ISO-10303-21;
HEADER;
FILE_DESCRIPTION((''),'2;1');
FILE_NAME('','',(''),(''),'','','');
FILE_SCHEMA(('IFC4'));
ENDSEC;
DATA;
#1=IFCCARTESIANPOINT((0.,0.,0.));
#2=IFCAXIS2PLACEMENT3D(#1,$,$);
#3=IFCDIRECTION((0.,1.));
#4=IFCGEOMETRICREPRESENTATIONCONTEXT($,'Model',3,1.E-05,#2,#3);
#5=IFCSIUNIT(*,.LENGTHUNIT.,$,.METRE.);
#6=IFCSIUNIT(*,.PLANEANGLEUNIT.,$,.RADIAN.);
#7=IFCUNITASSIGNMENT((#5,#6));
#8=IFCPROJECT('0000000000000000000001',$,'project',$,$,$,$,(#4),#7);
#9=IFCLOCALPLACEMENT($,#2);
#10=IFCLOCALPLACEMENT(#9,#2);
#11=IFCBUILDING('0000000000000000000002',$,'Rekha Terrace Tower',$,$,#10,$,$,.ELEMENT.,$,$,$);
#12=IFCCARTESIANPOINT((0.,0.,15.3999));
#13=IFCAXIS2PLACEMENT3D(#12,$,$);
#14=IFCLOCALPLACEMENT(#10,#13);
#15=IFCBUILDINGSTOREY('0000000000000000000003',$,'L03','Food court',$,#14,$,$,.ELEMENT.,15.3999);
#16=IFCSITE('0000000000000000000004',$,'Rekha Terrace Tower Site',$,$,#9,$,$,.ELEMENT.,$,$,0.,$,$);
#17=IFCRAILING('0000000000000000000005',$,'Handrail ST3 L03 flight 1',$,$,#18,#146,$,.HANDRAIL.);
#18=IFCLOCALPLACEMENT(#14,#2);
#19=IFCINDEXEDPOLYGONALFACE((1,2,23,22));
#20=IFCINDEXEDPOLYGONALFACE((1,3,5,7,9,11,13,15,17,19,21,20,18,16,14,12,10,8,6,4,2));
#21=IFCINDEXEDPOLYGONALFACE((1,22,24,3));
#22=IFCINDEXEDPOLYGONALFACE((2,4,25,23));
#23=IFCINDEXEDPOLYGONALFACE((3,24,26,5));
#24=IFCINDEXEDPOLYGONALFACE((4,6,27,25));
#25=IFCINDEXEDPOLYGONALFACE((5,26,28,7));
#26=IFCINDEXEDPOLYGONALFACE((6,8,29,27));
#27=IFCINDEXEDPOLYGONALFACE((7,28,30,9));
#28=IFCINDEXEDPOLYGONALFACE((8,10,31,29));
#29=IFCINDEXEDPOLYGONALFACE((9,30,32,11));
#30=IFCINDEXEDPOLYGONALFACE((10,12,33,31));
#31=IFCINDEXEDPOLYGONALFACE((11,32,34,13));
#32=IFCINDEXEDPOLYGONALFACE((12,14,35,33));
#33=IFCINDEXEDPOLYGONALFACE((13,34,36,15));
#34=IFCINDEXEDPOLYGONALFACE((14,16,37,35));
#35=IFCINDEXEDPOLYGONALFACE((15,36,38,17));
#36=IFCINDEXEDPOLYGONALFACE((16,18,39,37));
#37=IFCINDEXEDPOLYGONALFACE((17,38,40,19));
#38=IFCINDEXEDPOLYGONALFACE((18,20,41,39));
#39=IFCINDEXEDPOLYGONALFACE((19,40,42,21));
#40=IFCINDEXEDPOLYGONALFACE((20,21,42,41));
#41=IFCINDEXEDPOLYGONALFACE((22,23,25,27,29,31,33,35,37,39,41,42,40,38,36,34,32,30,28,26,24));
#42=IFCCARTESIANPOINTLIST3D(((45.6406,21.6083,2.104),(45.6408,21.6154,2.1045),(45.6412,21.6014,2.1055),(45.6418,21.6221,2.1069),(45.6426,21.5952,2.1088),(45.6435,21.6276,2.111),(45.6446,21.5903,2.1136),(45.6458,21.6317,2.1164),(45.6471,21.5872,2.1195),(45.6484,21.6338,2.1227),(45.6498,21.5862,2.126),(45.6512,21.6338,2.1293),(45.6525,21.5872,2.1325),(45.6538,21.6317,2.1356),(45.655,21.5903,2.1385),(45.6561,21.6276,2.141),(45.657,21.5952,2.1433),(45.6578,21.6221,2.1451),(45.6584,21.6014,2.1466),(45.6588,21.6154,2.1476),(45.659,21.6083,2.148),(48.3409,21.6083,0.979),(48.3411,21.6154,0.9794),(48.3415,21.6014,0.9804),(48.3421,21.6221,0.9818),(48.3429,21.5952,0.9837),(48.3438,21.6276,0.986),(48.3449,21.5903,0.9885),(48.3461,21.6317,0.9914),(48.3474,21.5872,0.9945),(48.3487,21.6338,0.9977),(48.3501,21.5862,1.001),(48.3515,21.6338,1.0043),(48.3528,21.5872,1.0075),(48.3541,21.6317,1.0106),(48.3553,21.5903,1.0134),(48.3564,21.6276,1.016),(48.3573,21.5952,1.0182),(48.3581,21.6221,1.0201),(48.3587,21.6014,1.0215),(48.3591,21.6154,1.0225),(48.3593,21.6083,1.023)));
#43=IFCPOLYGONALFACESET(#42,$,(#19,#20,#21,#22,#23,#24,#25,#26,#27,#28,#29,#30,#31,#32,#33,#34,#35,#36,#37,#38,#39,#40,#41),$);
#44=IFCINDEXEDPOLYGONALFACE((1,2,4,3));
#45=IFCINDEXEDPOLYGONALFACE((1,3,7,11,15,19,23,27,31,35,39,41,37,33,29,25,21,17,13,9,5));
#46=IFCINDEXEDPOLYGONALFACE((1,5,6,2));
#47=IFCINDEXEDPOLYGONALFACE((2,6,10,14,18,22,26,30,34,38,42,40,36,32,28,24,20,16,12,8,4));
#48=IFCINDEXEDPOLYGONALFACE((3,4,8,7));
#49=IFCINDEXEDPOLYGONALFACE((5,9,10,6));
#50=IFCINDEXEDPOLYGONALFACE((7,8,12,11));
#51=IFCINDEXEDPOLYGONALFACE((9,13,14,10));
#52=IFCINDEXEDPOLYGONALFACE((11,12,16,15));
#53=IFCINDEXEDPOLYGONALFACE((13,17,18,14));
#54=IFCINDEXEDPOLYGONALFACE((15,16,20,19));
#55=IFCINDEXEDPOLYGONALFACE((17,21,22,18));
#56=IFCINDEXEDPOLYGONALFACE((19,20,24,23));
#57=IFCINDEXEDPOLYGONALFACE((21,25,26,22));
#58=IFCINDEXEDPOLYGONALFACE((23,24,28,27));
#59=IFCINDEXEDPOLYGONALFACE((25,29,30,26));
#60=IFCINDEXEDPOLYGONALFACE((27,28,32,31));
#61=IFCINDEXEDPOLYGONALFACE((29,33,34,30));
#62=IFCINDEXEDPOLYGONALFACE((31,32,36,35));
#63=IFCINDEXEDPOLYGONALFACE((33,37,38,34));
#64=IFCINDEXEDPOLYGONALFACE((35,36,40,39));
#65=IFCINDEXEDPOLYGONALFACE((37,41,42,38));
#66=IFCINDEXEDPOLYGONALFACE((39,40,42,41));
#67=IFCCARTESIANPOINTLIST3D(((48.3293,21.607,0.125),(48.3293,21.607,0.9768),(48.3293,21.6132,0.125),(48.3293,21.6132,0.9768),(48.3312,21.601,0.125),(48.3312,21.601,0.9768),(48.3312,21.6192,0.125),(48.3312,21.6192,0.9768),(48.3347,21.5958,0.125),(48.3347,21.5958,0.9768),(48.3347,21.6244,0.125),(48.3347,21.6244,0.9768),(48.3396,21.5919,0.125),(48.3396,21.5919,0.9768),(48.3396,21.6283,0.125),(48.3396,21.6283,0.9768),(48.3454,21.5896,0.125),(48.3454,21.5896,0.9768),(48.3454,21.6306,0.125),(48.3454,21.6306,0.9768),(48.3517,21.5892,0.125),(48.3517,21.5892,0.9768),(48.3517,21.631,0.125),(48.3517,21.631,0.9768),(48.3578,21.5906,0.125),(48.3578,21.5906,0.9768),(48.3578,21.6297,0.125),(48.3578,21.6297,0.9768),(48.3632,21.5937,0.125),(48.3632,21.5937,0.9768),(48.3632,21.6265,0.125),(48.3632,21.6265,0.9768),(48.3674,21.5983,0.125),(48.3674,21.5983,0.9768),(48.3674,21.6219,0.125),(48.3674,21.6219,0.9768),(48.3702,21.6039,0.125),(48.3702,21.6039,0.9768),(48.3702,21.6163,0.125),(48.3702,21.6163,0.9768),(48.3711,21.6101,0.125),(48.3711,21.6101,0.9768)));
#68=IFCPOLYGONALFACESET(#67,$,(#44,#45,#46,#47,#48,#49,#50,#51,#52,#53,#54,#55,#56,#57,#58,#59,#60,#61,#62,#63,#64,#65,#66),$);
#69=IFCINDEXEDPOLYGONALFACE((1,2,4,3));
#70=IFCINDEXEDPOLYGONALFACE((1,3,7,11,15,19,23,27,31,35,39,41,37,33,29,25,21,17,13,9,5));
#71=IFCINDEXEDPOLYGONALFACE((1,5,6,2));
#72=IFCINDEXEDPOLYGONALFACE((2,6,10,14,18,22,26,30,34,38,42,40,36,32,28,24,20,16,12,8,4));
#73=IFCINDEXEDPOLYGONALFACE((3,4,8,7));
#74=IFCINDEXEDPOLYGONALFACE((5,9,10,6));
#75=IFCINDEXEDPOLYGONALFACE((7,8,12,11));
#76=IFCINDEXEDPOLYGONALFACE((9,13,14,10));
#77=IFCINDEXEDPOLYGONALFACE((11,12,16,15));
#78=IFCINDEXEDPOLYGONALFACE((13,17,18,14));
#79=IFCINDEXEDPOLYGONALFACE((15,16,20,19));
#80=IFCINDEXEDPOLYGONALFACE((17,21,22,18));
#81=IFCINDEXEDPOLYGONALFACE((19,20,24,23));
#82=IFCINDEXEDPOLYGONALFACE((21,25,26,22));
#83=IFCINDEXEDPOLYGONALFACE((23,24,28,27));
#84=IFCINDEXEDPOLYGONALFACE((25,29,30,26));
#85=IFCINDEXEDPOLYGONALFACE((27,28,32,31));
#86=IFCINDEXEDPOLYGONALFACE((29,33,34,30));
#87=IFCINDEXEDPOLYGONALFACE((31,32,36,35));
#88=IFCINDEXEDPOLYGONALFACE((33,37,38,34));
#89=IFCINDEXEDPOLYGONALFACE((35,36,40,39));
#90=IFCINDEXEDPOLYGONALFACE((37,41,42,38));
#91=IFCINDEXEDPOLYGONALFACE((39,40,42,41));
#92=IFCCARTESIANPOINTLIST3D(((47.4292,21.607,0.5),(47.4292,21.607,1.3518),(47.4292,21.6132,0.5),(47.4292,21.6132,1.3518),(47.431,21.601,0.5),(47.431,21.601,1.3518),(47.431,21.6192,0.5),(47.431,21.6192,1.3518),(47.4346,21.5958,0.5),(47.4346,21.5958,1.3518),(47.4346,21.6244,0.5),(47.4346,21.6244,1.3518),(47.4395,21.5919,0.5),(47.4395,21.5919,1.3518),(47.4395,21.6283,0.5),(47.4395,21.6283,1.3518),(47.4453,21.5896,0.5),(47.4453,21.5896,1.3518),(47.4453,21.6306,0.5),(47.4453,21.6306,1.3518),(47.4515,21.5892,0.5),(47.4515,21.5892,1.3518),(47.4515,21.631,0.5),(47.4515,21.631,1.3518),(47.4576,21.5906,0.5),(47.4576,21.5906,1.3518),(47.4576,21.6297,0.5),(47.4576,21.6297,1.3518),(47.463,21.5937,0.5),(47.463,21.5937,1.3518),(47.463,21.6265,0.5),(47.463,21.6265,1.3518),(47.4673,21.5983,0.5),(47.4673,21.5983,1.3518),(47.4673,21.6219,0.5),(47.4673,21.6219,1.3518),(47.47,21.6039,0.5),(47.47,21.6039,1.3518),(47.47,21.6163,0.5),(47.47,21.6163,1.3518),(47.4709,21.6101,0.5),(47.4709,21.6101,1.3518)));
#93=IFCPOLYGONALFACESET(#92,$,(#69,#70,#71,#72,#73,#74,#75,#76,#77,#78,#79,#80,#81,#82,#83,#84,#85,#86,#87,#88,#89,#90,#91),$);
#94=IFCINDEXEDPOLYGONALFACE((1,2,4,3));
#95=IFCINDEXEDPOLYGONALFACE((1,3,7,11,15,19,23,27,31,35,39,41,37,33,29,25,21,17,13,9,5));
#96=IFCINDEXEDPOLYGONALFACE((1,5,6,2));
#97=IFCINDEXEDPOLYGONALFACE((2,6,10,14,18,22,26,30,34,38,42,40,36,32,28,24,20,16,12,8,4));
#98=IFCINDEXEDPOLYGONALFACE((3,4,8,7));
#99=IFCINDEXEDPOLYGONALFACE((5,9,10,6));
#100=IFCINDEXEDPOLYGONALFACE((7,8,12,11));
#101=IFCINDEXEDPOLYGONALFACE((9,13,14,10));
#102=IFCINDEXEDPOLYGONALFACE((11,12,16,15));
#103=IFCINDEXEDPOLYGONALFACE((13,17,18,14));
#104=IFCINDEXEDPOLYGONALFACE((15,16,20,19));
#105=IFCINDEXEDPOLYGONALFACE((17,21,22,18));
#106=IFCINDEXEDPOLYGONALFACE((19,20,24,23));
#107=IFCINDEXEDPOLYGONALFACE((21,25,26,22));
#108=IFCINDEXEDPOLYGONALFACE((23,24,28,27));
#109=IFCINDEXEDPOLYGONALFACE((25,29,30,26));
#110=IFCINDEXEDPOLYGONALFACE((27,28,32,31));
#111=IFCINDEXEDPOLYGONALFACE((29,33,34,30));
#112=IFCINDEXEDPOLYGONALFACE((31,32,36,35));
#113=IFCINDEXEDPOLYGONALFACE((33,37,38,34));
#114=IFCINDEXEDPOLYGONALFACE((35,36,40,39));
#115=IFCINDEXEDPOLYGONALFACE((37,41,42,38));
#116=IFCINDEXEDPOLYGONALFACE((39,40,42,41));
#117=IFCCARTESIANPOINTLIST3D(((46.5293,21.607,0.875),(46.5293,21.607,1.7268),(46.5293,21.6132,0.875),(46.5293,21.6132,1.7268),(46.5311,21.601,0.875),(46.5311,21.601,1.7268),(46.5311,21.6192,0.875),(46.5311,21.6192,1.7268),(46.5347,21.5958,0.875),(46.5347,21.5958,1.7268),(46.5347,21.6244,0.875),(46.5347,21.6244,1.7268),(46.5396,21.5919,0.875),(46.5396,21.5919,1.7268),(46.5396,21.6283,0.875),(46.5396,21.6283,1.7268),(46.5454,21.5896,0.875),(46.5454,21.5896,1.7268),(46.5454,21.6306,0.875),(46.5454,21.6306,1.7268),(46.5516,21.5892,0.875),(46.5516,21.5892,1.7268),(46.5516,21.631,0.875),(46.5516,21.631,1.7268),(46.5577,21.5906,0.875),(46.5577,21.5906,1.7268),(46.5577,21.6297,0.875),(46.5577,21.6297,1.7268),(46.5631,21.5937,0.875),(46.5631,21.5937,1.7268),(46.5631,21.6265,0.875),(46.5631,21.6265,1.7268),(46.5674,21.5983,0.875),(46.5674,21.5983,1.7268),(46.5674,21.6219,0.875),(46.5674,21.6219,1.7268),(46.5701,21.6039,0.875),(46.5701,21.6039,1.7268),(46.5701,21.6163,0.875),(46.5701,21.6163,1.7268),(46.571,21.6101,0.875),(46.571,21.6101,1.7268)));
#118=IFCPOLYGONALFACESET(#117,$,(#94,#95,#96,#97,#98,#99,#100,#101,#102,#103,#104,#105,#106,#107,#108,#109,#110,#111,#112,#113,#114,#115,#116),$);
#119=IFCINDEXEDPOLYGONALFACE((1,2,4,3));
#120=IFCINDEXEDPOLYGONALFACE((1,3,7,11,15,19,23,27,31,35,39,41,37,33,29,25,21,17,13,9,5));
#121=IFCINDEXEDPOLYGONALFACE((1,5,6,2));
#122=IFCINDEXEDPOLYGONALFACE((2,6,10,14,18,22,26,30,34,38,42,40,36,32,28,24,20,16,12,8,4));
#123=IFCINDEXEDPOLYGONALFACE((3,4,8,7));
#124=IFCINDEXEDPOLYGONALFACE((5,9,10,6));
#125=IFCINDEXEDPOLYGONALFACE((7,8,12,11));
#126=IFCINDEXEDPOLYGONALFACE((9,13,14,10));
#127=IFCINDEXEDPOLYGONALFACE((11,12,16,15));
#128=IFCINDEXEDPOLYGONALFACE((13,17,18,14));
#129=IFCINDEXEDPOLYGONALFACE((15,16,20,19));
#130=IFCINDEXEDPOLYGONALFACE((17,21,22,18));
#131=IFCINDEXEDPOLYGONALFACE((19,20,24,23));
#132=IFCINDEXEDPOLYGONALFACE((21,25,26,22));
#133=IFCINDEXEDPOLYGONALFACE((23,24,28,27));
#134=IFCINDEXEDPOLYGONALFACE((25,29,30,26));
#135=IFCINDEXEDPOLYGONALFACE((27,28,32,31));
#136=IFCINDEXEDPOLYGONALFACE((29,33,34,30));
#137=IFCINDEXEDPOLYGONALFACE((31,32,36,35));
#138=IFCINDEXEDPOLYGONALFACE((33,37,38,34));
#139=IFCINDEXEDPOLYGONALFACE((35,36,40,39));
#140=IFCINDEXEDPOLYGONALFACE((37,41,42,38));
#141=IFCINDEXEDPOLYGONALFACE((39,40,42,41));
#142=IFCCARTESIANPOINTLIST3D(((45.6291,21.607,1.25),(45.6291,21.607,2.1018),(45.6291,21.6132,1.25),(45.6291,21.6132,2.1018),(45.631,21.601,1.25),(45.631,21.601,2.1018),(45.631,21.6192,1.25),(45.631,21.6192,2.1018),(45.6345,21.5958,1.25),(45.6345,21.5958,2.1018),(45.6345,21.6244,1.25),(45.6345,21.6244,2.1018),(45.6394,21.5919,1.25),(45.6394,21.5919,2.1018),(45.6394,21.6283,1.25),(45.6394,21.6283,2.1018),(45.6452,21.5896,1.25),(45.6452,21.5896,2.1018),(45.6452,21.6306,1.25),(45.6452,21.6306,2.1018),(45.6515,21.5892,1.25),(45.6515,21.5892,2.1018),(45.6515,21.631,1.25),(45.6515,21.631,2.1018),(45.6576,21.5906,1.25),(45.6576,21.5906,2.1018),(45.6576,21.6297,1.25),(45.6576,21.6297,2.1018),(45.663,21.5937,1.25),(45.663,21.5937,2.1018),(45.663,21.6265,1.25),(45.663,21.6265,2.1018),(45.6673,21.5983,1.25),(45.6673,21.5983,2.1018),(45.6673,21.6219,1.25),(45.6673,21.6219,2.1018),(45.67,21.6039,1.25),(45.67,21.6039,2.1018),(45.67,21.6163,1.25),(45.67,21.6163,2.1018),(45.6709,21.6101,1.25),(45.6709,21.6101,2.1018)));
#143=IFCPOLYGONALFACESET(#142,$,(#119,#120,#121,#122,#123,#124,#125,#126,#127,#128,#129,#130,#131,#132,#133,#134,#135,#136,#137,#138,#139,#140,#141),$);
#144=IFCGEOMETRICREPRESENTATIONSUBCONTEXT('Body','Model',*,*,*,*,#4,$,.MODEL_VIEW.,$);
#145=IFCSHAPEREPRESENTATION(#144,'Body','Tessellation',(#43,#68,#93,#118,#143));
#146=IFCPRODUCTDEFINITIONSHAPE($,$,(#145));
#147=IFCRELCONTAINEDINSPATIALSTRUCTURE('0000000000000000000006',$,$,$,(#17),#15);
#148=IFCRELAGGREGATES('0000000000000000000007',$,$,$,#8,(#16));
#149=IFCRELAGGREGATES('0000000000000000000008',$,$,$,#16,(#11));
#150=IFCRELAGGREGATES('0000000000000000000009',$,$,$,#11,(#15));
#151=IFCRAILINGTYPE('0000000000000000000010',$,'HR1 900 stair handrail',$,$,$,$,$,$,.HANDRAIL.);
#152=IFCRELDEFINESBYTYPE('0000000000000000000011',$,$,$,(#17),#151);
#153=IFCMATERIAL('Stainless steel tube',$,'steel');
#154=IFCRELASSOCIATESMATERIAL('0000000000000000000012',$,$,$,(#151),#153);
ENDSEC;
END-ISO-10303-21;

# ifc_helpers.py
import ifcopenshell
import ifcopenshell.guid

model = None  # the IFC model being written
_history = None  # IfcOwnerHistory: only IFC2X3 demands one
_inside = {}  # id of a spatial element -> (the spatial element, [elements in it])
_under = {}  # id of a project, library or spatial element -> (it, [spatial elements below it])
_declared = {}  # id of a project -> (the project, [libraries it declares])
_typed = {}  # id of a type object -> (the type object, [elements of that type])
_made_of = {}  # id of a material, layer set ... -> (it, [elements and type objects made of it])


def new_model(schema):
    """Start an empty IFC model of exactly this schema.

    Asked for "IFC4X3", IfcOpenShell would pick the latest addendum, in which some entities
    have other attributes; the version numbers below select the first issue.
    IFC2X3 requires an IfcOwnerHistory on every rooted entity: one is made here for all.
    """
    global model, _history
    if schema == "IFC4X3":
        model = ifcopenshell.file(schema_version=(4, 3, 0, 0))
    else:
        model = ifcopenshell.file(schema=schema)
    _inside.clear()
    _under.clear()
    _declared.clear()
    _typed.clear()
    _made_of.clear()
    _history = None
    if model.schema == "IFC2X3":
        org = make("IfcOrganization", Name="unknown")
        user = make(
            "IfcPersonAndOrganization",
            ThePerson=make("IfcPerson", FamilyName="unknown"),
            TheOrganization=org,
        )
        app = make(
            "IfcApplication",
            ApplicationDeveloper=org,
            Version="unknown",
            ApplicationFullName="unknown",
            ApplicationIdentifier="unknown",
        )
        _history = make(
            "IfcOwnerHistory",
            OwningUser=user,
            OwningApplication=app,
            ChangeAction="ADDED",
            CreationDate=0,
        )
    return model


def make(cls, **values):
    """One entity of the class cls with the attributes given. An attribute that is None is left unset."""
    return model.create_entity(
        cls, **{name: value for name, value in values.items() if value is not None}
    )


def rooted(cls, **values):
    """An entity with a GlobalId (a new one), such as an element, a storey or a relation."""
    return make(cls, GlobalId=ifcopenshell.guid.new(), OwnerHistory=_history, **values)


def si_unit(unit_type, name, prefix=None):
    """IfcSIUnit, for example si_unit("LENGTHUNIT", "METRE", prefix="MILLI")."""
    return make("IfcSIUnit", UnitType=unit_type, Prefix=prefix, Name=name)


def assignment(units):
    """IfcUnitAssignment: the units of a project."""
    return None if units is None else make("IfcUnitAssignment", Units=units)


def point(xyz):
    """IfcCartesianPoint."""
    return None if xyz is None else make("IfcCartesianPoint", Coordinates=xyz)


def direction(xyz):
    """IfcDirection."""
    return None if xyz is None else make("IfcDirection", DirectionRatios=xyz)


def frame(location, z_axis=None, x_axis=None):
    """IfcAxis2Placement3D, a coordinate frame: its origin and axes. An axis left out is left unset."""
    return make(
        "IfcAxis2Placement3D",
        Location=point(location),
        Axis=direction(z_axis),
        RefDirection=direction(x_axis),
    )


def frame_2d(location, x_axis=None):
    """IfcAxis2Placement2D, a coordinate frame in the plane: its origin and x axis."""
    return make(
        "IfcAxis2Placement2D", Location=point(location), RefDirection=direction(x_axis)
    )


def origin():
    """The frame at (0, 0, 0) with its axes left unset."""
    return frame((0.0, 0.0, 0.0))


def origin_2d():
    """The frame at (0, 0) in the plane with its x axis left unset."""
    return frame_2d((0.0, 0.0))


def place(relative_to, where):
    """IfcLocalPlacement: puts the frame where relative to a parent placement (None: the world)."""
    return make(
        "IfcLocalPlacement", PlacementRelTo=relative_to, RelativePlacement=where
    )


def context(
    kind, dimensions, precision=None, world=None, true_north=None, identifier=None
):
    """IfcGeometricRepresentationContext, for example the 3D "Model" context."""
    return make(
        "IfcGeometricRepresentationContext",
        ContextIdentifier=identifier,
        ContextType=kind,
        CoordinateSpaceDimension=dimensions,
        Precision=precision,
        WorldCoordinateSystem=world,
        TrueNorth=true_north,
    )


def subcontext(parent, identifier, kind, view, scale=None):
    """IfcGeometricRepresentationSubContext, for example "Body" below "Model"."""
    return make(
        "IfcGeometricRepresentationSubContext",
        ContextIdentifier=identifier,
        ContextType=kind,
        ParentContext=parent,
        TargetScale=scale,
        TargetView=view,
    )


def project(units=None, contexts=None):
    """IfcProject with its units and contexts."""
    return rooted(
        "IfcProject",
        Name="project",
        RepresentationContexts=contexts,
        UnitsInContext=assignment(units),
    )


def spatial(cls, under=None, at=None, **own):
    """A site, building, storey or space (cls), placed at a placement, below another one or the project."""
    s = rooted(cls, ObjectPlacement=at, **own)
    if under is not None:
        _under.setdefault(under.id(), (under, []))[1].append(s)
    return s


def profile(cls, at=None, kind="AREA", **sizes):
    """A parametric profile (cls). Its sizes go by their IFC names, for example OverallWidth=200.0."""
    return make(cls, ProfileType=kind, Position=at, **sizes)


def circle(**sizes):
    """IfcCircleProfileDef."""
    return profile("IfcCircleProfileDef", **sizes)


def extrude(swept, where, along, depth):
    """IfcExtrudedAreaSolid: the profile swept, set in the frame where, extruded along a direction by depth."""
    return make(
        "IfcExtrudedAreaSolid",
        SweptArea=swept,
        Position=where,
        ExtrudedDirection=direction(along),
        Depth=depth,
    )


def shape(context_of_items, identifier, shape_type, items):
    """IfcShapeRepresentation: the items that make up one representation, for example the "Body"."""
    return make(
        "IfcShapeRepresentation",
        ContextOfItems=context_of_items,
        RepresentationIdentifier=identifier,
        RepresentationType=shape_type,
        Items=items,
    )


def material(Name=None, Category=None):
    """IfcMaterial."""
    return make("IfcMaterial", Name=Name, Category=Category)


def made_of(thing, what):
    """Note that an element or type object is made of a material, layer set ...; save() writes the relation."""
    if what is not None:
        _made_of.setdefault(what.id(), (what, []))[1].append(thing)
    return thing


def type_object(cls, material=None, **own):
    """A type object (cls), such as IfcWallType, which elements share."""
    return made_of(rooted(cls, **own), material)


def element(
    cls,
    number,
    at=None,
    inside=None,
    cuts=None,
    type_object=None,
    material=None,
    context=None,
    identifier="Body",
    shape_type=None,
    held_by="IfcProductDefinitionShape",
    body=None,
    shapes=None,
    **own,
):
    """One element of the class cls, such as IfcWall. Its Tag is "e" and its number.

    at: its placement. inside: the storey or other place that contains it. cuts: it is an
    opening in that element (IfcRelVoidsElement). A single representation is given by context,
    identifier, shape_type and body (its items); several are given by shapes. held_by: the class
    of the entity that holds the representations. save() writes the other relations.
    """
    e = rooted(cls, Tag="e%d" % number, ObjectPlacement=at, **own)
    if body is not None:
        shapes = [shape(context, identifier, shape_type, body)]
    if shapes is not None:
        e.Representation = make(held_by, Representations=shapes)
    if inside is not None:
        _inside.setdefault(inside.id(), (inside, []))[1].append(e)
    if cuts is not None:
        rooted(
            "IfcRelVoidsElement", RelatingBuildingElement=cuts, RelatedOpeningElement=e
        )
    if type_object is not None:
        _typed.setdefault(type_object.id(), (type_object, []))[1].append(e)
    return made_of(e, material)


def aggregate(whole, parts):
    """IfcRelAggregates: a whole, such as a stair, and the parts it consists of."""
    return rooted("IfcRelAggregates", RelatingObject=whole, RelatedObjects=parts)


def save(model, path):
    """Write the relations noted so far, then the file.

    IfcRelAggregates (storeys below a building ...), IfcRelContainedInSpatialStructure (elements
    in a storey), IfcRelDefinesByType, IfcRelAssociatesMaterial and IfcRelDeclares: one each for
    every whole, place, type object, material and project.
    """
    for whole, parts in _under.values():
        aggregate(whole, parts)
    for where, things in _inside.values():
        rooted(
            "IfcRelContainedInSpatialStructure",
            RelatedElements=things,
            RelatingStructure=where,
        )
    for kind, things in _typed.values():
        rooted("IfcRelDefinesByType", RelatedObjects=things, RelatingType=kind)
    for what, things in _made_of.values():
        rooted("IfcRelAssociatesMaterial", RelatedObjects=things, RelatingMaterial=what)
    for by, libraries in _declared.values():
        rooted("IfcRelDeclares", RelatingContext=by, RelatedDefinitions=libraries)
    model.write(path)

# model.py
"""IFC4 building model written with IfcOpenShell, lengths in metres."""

from ifc_helpers import new_model, si_unit, direction, frame, origin, origin_2d, place, context, subcontext, project, spatial, circle, extrude, material, type_object, element, save


model = new_model("IFC4")

# Units and contexts
model_context = context("Model", 3, precision=1e-05, world=origin(), true_north=direction((0.0, 1.0)))
body_context = subcontext(model_context, "Body", "Model", "MODEL_VIEW")
ifc_project = project(units=[si_unit("LENGTHUNIT", "METRE"), si_unit("PLANEANGLEUNIT", "RADIAN")], contexts=[model_context])

# Site, building, storey
site_placement = place(None, origin())
site = spatial("IfcSite", under=ifc_project, at=site_placement, Name="Rekha Terrace Tower Site", CompositionType="ELEMENT", RefElevation=0.0)
building_placement = place(site_placement, origin())
building = spatial("IfcBuilding", under=site, at=building_placement, Name="Rekha Terrace Tower", CompositionType="ELEMENT")
storey_placement = place(building_placement, frame((0.0, 0.0, 15.3999)))
storey = spatial("IfcBuildingStorey", under=building, at=storey_placement, Name="L03", Description="Food court", CompositionType="ELEMENT", Elevation=15.3999)

# Railing
ifc_material_1 = material(Name="Stainless steel tube", Category="steel")
railing_type_1 = type_object("IfcRailingType", Name="HR1 900 stair handrail", PredefinedType="HANDRAIL", material=ifc_material_1)
railing_1_placement = place(storey_placement, frame((48.3501, 21.6101, 0.125)))
element("IfcRailing", 1, at=railing_1_placement, inside=storey, type_object=railing_type_1, Name="Handrail ST3 L03 flight 1", PredefinedType="HANDRAIL", context=body_context, shape_type="SweptSolid", body=[
    extrude(circle(Radius=0.0239, at=origin_2d()), frame((0.0, 0.0, 0.876), z_axis=(-0.923087, 0.0, 0.384592), x_axis=(0.0, -1.0, 0.0)), (0.0, 0.0, 1.0), 2.9253),
    extrude(circle(Radius=0.021, at=origin_2d()), origin(), (0.0, 0.0, 1.0), 0.8518),
    extrude(circle(Radius=0.021, at=origin_2d()), frame((-0.9001, 0.0, 0.375)), (0.0, 0.0, 1.0), 0.8518),
    extrude(circle(Radius=0.021, at=origin_2d()), frame((-1.8, 0.0, 0.75)), (0.0, 0.0, 1.0), 0.8518),
    extrude(circle(Radius=0.021, at=origin_2d()), frame((-2.7002, 0.0, 1.125)), (0.0, 0.0, 1.0), 0.8518),
])

save(model, "model.ifc")
